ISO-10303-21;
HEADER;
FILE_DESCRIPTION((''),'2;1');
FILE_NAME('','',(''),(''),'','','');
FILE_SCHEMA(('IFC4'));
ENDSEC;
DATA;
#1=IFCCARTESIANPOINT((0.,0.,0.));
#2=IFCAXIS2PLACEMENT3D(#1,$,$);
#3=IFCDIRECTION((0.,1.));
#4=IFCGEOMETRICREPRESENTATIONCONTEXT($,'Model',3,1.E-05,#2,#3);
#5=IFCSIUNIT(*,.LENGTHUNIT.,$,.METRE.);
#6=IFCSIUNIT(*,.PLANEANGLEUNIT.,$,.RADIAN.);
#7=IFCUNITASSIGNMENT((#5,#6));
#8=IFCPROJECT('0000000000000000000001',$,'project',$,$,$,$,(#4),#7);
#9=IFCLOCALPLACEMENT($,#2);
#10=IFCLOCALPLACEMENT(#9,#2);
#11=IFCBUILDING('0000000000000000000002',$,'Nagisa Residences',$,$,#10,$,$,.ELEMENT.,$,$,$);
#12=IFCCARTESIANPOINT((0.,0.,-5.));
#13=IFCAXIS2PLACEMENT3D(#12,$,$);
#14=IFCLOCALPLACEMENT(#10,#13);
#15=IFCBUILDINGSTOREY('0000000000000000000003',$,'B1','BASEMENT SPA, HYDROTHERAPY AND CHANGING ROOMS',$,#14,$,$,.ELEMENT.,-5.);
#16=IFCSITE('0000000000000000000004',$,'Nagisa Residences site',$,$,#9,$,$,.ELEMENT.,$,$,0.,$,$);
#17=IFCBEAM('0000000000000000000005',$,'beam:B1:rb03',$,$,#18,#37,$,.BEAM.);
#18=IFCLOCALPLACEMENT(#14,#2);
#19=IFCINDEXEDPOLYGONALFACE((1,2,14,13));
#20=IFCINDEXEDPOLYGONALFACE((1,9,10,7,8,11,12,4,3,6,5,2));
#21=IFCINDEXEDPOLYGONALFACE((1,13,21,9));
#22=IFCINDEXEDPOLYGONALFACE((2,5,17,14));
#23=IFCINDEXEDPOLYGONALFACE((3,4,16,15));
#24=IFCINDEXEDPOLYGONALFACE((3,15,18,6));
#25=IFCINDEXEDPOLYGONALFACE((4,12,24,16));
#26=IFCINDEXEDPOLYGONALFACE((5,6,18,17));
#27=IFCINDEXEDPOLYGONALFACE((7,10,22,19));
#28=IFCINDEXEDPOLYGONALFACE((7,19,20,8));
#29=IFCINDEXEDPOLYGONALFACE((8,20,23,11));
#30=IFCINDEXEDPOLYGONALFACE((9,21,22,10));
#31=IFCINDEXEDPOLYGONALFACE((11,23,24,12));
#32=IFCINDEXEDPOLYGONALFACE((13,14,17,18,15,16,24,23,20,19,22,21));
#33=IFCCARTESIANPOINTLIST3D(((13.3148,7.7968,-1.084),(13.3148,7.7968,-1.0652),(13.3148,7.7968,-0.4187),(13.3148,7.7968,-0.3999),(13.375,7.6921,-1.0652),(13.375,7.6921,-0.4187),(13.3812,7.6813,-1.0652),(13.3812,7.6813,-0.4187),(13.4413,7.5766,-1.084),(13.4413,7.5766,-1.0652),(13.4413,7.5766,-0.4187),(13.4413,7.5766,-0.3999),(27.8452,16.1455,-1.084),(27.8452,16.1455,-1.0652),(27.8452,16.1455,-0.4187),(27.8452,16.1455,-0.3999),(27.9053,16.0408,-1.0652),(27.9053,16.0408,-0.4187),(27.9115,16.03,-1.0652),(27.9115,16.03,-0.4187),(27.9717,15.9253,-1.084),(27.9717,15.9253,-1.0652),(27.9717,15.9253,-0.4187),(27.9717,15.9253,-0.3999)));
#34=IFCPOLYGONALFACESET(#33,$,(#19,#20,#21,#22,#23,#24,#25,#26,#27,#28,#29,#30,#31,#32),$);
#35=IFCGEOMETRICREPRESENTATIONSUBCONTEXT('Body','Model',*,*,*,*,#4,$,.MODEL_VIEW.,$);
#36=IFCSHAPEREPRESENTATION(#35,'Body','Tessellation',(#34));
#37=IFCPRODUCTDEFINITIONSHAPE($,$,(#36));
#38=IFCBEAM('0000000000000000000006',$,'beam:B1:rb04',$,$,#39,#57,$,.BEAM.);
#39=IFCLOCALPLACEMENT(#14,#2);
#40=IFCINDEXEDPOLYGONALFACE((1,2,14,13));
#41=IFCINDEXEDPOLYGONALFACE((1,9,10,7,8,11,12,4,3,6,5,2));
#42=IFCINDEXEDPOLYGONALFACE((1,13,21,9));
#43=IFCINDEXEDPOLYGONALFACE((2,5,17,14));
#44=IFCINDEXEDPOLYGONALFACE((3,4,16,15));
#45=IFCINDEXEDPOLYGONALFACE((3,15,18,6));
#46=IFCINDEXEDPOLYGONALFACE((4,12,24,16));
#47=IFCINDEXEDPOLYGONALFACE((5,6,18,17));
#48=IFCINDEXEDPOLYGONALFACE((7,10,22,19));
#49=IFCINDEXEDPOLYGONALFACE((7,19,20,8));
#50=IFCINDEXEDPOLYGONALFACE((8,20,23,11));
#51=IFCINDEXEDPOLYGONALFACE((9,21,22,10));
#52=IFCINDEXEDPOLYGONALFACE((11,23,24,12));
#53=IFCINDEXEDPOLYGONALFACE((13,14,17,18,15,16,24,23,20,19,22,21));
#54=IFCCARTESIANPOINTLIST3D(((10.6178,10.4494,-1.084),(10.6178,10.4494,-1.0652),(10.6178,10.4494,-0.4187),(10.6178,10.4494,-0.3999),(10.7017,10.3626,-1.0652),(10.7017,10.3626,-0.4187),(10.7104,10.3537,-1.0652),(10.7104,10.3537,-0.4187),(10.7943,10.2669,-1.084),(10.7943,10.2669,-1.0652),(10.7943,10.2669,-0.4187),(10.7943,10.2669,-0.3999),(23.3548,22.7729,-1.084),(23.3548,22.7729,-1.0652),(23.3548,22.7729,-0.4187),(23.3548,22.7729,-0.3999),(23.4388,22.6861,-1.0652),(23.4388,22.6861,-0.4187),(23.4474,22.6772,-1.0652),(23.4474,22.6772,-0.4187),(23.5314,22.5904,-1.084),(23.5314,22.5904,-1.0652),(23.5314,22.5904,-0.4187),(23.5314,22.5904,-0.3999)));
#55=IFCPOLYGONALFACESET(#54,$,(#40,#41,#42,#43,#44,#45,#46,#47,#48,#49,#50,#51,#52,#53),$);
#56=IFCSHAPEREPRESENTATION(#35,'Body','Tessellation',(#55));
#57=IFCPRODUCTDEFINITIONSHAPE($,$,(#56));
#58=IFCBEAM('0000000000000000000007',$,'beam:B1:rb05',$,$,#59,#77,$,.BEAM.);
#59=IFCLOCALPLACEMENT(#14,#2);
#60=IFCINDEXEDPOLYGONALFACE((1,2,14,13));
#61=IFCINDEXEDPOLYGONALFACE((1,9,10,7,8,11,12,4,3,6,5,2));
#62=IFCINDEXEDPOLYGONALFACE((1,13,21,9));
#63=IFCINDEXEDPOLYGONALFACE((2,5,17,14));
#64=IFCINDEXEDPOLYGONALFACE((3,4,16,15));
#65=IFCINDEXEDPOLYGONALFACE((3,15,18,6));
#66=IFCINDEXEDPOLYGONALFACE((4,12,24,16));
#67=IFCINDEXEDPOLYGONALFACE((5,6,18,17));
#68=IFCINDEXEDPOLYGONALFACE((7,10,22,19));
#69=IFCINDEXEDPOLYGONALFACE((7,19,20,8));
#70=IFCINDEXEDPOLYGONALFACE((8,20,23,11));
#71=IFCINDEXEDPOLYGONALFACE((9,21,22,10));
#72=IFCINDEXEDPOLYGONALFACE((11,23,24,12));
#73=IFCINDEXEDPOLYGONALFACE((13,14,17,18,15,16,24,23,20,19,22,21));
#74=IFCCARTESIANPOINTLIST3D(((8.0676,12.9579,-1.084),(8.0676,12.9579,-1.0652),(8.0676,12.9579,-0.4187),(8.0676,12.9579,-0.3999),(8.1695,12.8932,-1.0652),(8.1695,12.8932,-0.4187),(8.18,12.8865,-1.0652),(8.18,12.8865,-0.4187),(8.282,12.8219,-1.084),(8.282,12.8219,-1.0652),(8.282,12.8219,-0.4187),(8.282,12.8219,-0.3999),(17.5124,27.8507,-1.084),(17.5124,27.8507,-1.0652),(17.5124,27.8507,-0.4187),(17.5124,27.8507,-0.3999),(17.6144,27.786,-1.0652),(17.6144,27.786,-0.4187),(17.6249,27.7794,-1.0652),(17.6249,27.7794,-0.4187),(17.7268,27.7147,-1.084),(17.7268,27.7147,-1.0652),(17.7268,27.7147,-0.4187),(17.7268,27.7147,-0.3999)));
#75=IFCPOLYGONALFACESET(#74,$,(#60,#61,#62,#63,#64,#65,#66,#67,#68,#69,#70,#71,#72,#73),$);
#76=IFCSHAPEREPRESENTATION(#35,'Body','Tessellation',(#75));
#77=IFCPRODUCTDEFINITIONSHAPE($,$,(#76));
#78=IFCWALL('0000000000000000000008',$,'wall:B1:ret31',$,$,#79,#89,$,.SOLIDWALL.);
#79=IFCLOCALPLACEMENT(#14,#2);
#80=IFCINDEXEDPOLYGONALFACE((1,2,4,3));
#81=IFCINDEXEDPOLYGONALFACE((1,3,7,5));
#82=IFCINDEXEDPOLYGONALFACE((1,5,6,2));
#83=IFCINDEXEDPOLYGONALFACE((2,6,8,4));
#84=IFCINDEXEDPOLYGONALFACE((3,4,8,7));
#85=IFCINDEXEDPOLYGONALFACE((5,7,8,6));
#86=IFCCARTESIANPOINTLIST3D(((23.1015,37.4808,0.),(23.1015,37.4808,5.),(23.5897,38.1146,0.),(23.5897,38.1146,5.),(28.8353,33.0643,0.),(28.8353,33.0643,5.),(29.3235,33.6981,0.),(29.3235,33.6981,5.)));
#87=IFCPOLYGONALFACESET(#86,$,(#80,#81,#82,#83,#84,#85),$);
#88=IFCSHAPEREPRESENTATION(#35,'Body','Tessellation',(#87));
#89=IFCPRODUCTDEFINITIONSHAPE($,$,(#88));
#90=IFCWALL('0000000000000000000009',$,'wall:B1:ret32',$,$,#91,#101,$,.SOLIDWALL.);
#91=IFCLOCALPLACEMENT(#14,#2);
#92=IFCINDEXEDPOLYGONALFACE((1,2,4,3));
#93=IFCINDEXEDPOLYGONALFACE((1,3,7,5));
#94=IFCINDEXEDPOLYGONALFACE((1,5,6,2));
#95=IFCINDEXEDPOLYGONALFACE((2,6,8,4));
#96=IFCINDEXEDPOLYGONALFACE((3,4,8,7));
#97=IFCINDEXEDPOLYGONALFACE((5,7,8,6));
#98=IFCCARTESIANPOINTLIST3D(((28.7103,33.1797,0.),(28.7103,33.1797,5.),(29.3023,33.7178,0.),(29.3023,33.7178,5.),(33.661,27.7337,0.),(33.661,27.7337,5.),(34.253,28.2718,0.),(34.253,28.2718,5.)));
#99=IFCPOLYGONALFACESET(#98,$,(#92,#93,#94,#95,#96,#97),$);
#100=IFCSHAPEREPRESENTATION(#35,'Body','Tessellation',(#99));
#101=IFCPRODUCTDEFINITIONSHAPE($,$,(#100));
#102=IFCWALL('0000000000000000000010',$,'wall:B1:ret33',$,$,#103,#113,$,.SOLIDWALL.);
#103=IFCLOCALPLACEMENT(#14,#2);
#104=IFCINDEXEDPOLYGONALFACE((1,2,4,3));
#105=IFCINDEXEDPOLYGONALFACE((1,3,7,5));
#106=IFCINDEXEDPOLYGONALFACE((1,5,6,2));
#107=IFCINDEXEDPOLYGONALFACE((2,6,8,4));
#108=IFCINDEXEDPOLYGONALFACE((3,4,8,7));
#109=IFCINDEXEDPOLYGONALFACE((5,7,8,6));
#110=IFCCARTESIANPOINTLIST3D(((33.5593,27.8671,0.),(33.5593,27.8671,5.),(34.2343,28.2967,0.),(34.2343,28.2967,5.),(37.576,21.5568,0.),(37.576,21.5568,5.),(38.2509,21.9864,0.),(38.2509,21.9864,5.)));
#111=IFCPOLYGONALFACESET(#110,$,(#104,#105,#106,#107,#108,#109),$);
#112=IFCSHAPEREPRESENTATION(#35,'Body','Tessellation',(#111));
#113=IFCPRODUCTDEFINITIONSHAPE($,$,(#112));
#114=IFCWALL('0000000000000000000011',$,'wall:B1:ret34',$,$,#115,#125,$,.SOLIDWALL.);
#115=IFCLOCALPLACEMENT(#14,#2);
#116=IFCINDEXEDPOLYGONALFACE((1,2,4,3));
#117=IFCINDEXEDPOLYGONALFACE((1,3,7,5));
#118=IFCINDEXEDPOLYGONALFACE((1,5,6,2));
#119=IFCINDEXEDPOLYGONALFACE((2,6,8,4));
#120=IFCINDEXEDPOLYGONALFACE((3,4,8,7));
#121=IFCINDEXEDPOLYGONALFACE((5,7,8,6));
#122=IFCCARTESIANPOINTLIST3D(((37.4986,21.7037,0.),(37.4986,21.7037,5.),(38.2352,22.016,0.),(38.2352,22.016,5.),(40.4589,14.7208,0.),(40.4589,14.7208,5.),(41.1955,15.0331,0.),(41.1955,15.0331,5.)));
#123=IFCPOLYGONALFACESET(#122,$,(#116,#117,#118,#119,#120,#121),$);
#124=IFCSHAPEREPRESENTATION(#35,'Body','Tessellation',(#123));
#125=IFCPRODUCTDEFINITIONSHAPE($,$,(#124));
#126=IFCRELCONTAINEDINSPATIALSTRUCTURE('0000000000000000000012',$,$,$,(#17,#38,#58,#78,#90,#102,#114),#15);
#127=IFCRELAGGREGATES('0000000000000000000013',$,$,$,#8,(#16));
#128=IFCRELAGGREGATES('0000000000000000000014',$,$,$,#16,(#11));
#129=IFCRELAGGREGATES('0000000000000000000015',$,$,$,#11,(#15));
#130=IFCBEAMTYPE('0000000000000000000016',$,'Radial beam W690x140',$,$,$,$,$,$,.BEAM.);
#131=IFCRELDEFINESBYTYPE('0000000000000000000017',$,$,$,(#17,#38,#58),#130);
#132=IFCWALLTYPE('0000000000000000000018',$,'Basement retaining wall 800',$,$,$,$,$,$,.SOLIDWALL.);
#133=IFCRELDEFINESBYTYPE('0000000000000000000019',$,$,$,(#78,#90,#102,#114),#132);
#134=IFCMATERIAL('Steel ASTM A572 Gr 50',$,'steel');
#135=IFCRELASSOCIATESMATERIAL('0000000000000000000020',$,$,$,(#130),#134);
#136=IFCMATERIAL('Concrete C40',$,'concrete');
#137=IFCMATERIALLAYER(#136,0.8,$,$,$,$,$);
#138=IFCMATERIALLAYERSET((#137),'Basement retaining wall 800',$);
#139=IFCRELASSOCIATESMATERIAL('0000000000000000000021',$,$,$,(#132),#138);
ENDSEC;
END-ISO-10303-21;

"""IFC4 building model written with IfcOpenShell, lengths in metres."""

from ifc_helpers import new_model, si_unit, direction, frame, frame_2d, origin, origin_2d, place, context, subcontext, project, spatial, rectangle, i_section, extrude, material, layer, layer_set, material_profile, profile_set, type_object, element, save


model = new_model("IFC4")

# Units and contexts
model_context = context("Model", 3, precision=1e-05, world=origin(), true_north=direction((0.0, 1.0)))
body_context = subcontext(model_context, "Body", "Model", "MODEL_VIEW")
ifc_project = project(units=[si_unit("LENGTHUNIT", "METRE"), si_unit("PLANEANGLEUNIT", "RADIAN")], contexts=[model_context])

# Site, building, storey
site_placement = place(None, origin())
site = spatial("IfcSite", under=ifc_project, at=site_placement, Name="Nagisa Residences site", CompositionType="ELEMENT", RefElevation=0.0)
building_placement = place(site_placement, origin())
building = spatial("IfcBuilding", under=site, at=building_placement, Name="Nagisa Residences", CompositionType="ELEMENT")
storey_placement = place(building_placement, frame((0.0, 0.0, -5.0)))
storey = spatial("IfcBuildingStorey", under=building, at=storey_placement, Name="B1", Description="BASEMENT SPA, HYDROTHERAPY AND CHANGING ROOMS", CompositionType="ELEMENT", Elevation=-5.0)

# Beams
ifc_material_1 = material(Name="Steel ASTM A572 Gr 50", Category="steel")
ifc_material_profile_1 = material_profile(ifc_material_1, i_section(OverallWidth=0.2539, OverallDepth=0.6841, WebThickness=0.0125, FlangeThickness=0.0188, at=origin_2d()), Name="W690x140")
ifc_profile_set_1 = profile_set([ifc_material_profile_1], Name="Steel ASTM A572 Gr 50")
beam_type_1 = type_object("IfcBeamType", Name="Radial beam W690x140", PredefinedType="BEAM", material=ifc_profile_set_1)
beam_1_placement = place(storey_placement, frame((27.9084, 16.0354, -0.7419), z_axis=(-0.867068, -0.49819, 0.0), x_axis=(0.49819, -0.867068, 0.0)))
element("IfcBeam", 1, at=beam_1_placement, inside=storey, type_object=beam_type_1, Name="beam:B1:rb03", PredefinedType="BEAM", context=body_context, shape_type="SweptSolid", body=[
    extrude(i_section(OverallWidth=0.2539, OverallDepth=0.6841, WebThickness=0.0125, FlangeThickness=0.0188, at=origin_2d()), origin(), (0.0, 0.0, 1.0), 16.7581),
])
beam_2_placement = place(storey_placement, frame((23.4431, 22.6816, -0.7419), z_axis=(-0.718678, -0.695343, 0.0), x_axis=(0.695343, -0.718678, 0.0)))
element("IfcBeam", 2, at=beam_2_placement, inside=storey, type_object=beam_type_1, Name="beam:B1:rb04", PredefinedType="BEAM", context=body_context, shape_type="SweptSolid", body=[
    extrude(i_section(OverallWidth=0.2539, OverallDepth=0.6841, WebThickness=0.0125, FlangeThickness=0.0188, at=origin_2d()), origin(), (0.0, 0.0, 1.0), 17.7229),
])
beam_3_placement = place(storey_placement, frame((17.6196, 27.7827, -0.7419), z_axis=(-0.535566, -0.844493, 0.0), x_axis=(0.844493, -0.535566, 0.0)))
element("IfcBeam", 3, at=beam_3_placement, inside=storey, type_object=beam_type_1, Name="beam:B1:rb05", PredefinedType="BEAM", context=body_context, shape_type="SweptSolid", body=[
    extrude(i_section(OverallWidth=0.2539, OverallDepth=0.6841, WebThickness=0.0125, FlangeThickness=0.0188, at=origin_2d()), origin(), (0.0, 0.0, 1.0), 17.6353),
])

# Walls
ifc_material_2 = material(Name="Concrete C40", Category="concrete")
ifc_layer = layer(ifc_material_2, 0.8)
ifc_layer_set = layer_set([ifc_layer], Name="Basement retaining wall 800")
wall_type = type_object("IfcWallType", Name="Basement retaining wall 800", PredefinedType="SOLIDWALL", material=ifc_layer_set)
wall_1_placement = place(storey_placement, frame((23.3457, 37.7976, 0.0), z_axis=(0.0, 0.0, 1.0), x_axis=(0.792235, -0.610216, 0.0)))
element("IfcWall", 4, at=wall_1_placement, inside=storey, type_object=wall_type, Name="wall:B1:ret31", PredefinedType="SOLIDWALL", context=body_context, shape_type="SweptSolid", body=[
    extrude(rectangle(XDim=7.2375, YDim=0.8, at=frame_2d((3.6187, 0.0))), origin(), (0.0, 0.0, 1.0), 5.0),
])
wall_2_placement = place(storey_placement, frame((29.0063, 33.4487, 0.0), z_axis=(0.0, 0.0, 1.0), x_axis=(0.672653, -0.739958, 0.0)))
element("IfcWall", 5, at=wall_2_placement, inside=storey, type_object=wall_type, Name="wall:B1:ret32", PredefinedType="SOLIDWALL", context=body_context, shape_type="SweptSolid", body=[
    extrude(rectangle(XDim=7.3599, YDim=0.8, at=frame_2d((3.6799, 0.0))), origin(), (0.0, 0.0, 1.0), 5.0),
])
wall_3_placement = place(storey_placement, frame((33.8967, 28.082, 0.0), z_axis=(0.0, 0.0, 1.0), x_axis=(0.536966, -0.843604, 0.0)))
element("IfcWall", 6, at=wall_3_placement, inside=storey, type_object=wall_type, Name="wall:B1:ret33", PredefinedType="SOLIDWALL", context=body_context, shape_type="SweptSolid", body=[
    extrude(rectangle(XDim=7.4802, YDim=0.8, at=frame_2d((3.7402, 0.0))), origin(), (0.0, 0.0, 1.0), 5.0),
])
wall_4_placement = place(storey_placement, frame((37.8669, 21.8599, 0.0), z_axis=(0.0, 0.0, 1.0), x_axis=(0.390299, -0.920688, 0.0)))
element("IfcWall", 7, at=wall_4_placement, inside=storey, type_object=wall_type, Name="wall:B1:ret34", PredefinedType="SOLIDWALL", context=body_context, shape_type="SweptSolid", body=[
    extrude(rectangle(XDim=7.5845, YDim=0.8, at=frame_2d((3.7922, 0.0))), origin(), (0.0, 0.0, 1.0), 5.0),
])

save(model, "model.ifc")
